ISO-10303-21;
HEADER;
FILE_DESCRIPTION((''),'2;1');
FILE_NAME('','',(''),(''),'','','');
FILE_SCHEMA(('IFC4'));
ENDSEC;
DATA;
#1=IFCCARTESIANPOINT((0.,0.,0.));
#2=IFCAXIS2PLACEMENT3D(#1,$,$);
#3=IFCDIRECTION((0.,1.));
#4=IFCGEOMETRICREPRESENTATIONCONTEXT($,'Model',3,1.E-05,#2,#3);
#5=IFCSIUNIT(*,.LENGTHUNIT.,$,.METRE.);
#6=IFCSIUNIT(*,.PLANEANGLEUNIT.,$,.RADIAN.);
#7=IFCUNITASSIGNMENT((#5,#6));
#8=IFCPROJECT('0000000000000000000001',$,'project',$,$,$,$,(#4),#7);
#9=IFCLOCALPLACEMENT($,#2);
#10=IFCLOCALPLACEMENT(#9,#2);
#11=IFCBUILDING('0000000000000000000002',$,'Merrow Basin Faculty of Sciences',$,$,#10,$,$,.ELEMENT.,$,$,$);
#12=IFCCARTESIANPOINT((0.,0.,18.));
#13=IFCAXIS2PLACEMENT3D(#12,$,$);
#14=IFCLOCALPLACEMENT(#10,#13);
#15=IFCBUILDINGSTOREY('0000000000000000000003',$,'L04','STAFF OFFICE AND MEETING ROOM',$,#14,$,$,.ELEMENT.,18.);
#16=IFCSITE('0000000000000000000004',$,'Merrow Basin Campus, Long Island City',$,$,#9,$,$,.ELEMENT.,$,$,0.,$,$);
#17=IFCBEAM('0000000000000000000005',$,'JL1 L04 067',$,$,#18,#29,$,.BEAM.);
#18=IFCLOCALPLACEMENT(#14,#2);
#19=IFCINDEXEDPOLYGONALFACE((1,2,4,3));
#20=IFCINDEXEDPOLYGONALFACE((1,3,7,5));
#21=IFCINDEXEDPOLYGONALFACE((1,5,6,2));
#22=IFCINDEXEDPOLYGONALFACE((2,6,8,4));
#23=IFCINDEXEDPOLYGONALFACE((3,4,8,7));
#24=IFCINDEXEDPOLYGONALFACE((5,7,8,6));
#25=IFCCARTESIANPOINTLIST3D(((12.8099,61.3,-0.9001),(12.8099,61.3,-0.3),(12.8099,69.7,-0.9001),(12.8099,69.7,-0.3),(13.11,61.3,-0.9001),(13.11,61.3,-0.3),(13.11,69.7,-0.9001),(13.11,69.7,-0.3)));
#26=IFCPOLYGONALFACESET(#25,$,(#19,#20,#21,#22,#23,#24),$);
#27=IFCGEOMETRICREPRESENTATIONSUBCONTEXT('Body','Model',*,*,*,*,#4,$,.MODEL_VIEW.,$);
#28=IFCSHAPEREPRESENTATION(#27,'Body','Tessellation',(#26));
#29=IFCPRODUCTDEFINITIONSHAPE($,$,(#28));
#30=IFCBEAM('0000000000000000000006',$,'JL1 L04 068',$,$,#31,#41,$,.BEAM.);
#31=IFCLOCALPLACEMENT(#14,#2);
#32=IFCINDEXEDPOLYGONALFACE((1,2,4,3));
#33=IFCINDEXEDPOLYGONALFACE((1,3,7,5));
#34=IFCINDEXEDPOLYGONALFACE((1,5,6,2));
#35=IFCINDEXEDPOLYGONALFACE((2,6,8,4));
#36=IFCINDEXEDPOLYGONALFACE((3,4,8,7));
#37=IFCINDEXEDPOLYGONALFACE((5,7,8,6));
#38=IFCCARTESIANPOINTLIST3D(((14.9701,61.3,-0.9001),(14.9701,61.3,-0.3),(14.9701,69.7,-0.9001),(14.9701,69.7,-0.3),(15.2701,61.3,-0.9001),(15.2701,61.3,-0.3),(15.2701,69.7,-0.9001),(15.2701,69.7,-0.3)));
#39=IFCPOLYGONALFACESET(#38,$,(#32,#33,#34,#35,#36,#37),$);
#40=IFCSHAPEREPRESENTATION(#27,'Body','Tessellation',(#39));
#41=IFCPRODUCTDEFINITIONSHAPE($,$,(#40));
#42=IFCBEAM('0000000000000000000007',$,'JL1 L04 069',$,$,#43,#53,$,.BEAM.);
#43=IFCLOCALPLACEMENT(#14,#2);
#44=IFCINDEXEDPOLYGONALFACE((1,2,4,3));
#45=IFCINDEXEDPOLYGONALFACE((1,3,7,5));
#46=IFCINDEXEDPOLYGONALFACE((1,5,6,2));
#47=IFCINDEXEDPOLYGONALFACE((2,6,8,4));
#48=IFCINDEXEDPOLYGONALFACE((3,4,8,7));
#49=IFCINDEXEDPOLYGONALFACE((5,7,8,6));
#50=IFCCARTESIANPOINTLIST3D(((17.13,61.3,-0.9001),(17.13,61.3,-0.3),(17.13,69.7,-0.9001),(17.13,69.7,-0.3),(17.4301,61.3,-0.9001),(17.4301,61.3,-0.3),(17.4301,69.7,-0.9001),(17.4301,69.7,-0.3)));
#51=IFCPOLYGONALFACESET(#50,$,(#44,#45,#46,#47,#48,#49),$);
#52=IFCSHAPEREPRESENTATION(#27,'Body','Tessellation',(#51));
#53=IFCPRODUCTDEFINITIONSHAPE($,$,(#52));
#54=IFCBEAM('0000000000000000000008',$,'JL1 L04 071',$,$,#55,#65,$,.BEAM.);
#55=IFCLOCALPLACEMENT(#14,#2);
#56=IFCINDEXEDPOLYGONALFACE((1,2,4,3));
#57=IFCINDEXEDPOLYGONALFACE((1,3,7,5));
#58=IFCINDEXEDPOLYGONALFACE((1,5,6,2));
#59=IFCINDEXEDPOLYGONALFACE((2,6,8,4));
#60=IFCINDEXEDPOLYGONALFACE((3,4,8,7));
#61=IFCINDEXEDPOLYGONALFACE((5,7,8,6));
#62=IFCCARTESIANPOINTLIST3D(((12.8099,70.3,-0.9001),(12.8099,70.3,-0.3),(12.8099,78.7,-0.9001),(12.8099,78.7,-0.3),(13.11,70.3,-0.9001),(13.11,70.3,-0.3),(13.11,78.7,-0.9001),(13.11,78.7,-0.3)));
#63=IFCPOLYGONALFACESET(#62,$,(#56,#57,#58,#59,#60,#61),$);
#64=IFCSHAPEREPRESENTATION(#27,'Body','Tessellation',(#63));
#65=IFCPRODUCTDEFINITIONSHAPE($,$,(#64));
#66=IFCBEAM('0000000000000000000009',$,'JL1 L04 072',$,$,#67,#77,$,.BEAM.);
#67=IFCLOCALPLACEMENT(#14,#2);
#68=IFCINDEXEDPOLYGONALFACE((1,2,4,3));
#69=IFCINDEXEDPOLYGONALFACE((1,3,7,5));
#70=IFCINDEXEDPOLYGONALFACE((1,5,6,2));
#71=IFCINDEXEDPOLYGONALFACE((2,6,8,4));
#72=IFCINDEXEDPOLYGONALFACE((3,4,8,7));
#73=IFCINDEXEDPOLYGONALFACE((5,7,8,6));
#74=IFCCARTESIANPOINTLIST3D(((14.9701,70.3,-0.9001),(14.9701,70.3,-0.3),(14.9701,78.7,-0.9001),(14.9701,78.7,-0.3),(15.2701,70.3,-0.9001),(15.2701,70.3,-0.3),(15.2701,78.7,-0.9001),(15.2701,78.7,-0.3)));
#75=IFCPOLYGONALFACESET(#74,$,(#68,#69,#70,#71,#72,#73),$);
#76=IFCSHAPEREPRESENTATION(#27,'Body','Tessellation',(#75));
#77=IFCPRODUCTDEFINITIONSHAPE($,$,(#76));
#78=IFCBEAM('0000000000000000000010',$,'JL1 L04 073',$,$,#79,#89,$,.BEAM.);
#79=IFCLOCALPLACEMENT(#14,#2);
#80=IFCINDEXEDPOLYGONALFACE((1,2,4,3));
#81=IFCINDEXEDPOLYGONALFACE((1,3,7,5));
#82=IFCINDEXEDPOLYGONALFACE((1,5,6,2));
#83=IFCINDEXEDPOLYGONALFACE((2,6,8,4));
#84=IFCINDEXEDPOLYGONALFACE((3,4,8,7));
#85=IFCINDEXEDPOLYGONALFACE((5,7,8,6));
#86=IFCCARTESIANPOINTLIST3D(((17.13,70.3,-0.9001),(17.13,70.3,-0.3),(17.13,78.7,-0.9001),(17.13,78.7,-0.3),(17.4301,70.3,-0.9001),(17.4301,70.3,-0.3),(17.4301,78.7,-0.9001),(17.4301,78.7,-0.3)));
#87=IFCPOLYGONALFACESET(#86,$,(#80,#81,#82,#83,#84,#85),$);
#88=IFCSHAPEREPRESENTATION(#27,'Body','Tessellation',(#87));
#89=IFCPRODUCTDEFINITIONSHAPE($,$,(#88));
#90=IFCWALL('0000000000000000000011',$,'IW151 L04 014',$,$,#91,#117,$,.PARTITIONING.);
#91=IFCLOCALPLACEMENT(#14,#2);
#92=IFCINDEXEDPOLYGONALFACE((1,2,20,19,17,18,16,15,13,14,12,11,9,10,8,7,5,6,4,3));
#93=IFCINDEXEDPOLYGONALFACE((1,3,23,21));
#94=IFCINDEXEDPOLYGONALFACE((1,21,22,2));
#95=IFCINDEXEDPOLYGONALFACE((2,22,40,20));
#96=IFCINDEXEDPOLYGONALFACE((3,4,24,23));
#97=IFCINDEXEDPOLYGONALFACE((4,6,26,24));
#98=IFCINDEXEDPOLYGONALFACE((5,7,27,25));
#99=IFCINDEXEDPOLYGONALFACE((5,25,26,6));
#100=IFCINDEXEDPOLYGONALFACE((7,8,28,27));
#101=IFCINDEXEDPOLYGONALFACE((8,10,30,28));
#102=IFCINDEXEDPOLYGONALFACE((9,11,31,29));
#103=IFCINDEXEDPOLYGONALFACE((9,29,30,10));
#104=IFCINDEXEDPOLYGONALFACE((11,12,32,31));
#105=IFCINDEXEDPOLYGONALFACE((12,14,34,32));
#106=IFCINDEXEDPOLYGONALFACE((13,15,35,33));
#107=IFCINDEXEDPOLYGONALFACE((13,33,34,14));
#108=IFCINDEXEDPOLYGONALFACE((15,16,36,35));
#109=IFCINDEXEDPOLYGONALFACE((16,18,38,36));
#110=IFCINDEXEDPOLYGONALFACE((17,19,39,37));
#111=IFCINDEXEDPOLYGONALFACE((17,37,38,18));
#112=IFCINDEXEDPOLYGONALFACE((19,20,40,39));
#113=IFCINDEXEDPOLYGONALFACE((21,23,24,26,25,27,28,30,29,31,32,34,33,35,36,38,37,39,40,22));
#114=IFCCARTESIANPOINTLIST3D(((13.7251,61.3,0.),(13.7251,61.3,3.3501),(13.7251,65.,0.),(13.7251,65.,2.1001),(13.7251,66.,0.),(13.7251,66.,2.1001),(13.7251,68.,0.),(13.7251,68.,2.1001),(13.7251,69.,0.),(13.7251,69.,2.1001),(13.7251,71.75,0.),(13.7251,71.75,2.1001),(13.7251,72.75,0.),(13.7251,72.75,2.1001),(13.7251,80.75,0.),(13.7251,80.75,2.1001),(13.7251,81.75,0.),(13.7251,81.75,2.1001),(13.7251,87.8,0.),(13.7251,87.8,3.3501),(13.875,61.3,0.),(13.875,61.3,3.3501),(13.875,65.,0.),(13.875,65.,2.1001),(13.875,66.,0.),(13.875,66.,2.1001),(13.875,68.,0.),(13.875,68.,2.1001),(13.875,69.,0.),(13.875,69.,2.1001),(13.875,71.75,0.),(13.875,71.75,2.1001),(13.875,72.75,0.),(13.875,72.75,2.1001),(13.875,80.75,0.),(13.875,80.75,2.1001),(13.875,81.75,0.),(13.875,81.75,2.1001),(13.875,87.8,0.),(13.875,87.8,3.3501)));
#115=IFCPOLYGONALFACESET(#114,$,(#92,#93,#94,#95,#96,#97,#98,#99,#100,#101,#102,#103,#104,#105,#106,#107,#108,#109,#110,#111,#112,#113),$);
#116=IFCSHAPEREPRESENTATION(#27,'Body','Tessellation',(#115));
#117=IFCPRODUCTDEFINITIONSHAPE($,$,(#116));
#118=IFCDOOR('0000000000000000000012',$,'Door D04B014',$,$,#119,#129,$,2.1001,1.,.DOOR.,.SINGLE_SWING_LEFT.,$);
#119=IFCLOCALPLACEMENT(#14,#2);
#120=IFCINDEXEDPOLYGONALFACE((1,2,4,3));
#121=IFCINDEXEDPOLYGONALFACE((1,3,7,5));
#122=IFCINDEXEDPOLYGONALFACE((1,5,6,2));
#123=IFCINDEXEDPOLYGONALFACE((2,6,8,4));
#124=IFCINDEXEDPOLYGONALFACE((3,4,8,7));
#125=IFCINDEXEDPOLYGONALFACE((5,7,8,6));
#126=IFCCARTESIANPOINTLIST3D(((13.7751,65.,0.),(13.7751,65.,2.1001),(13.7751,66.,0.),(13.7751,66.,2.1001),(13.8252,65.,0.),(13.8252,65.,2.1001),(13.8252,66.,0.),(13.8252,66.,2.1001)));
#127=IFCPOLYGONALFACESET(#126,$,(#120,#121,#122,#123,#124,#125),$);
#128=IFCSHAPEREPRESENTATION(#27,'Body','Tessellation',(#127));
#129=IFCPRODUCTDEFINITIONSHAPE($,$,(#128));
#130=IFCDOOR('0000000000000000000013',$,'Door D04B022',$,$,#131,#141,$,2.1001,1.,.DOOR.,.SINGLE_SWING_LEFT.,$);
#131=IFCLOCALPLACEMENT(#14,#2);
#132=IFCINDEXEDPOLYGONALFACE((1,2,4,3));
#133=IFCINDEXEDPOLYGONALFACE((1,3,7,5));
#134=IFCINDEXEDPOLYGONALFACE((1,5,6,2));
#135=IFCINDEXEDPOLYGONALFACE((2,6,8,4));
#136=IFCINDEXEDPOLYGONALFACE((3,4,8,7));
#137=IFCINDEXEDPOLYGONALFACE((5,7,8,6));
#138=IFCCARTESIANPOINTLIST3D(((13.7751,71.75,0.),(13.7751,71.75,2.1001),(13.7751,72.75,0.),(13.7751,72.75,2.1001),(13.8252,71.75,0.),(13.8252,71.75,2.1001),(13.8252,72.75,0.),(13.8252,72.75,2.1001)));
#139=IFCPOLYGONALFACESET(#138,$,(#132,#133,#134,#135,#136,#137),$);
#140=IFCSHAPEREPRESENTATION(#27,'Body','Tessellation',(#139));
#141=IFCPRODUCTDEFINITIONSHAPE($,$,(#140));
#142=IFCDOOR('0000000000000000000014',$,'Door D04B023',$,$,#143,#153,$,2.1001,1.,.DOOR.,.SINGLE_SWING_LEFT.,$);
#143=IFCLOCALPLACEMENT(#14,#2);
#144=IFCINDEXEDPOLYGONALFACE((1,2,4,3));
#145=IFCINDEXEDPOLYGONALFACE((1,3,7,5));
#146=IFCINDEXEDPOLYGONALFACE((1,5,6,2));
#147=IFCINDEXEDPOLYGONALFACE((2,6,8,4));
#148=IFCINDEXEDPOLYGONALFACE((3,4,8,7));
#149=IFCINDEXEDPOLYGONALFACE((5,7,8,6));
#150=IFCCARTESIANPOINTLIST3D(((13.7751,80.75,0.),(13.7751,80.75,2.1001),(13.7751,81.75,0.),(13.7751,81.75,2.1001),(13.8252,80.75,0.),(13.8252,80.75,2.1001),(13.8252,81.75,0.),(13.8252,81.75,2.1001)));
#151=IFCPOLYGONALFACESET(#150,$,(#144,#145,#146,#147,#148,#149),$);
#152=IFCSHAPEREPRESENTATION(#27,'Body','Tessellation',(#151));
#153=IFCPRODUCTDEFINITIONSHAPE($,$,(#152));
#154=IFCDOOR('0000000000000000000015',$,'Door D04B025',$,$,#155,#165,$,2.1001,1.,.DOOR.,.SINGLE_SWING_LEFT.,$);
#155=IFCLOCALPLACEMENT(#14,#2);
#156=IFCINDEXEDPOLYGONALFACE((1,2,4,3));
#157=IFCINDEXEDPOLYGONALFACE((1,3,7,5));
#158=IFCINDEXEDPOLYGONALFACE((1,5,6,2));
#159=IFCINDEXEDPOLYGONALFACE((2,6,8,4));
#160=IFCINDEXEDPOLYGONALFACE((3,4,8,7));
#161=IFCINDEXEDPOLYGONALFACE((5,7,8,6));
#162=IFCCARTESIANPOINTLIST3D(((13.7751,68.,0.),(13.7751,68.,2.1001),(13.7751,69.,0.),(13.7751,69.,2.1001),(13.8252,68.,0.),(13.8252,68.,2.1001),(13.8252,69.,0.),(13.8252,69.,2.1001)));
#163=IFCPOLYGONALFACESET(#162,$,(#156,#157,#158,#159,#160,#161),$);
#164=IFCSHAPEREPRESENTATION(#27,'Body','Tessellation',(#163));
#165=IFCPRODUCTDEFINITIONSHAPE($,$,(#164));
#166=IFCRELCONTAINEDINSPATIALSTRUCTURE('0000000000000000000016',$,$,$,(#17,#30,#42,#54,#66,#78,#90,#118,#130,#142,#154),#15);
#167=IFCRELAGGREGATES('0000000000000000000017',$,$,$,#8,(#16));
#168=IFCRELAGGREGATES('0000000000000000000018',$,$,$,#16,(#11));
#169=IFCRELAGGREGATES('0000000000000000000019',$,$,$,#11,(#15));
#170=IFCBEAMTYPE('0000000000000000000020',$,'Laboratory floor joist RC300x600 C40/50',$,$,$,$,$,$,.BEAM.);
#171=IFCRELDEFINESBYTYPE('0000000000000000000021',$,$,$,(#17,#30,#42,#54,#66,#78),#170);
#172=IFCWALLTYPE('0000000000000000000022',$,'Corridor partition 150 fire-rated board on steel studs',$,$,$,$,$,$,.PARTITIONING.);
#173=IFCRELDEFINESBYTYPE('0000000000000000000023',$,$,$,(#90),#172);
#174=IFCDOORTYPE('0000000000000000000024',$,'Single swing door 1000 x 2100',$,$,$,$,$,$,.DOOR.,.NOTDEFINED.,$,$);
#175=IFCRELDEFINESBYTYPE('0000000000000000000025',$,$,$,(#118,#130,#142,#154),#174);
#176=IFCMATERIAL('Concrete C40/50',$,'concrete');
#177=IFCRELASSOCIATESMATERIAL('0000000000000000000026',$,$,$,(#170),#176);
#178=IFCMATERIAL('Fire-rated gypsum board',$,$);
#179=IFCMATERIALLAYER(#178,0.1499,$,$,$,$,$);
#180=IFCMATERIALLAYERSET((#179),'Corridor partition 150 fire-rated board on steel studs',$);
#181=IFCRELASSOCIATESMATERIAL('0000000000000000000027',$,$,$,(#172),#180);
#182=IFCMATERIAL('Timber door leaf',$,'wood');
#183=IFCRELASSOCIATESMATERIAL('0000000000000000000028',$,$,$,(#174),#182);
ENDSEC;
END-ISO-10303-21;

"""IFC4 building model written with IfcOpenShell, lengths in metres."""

from ifc_helpers import new_model, si_unit, direction, frame, frame_2d, origin, origin_2d, place, context, subcontext, project, spatial, rectangle, extrude, material, layer, layer_set, material_profile, profile_set, type_object, element, fill, save


model = new_model("IFC4")

# Units and contexts
model_context = context("Model", 3, precision=1e-05, world=origin(), true_north=direction((0.0, 1.0)))
body_context = subcontext(model_context, "Body", "Model", "MODEL_VIEW")
ifc_project = project(units=[si_unit("LENGTHUNIT", "METRE"), si_unit("PLANEANGLEUNIT", "RADIAN")], contexts=[model_context])

# Site, building, storey
site_placement = place(None, origin())
site = spatial("IfcSite", under=ifc_project, at=site_placement, Name="Merrow Basin Campus, Long Island City", CompositionType="ELEMENT", RefElevation=0.0)
building_placement = place(site_placement, origin())
building = spatial("IfcBuilding", under=site, at=building_placement, Name="Merrow Basin Faculty of Sciences", CompositionType="ELEMENT")
storey_placement = place(building_placement, frame((0.0, 0.0, 18.0)))
storey = spatial("IfcBuildingStorey", under=building, at=storey_placement, Name="L04", Description="STAFF OFFICE AND MEETING ROOM", CompositionType="ELEMENT", Elevation=18.0)

# Beams
ifc_material_1 = material(Name="Concrete C40/50", Category="concrete")
ifc_material_profile = material_profile(ifc_material_1, rectangle(XDim=0.3, YDim=0.6001, at=origin_2d()))
ifc_profile_set = profile_set([ifc_material_profile], Name="Concrete C40/50")
beam_type = type_object("IfcBeamType", Name="Laboratory floor joist RC300x600 C40/50", PredefinedType="BEAM", material=ifc_profile_set)
for number, where, z_axis, x_axis, name in (
    (1, (12.96, 61.3, -0.6001), (0.0, 1.0, 0.0), (-1.0, 0.0, 0.0), "JL1 L04 067"),
    (2, (15.1201, 61.3, -0.6001), (0.0, 1.0, 0.0), (-1.0, 0.0, 0.0), "JL1 L04 068"),
    (3, (17.28, 61.3, -0.6001), (0.0, 1.0, 0.0), (-1.0, 0.0, 0.0), "JL1 L04 069"),
    (4, (12.96, 70.3, -0.6001), (0.0, 1.0, 0.0), (-1.0, 0.0, 0.0), "JL1 L04 071"),
    (5, (15.1201, 70.3, -0.6001), (0.0, 1.0, 0.0), (-1.0, 0.0, 0.0), "JL1 L04 072"),
    (6, (17.28, 70.3, -0.6001), (0.0, 1.0, 0.0), (-1.0, 0.0, 0.0), "JL1 L04 073"),
):
    element("IfcBeam", number, at=place(storey_placement, frame(where, z_axis=z_axis, x_axis=x_axis)), inside=storey, type_object=beam_type, Name=name, PredefinedType="BEAM", context=body_context, shape_type="SweptSolid", body=[
        extrude(rectangle(XDim=0.3, YDim=0.6001, at=origin_2d()), origin(), (0.0, 0.0, 1.0), 8.3999),
    ])

# Wall, openings, doors
ifc_material_2 = material(Name="Fire-rated gypsum board")
ifc_layer_1 = layer(ifc_material_2, 0.1499)
ifc_layer_set_1 = layer_set([ifc_layer_1], Name="Corridor partition 150 fire-rated board on steel studs")
wall_type_1 = type_object("IfcWallType", Name="Corridor partition 150 fire-rated board on steel studs", PredefinedType="PARTITIONING", material=ifc_layer_set_1)
wall_1_placement = place(storey_placement, frame((13.8, 61.3, 0.0), z_axis=(0.0, 0.0, 1.0), x_axis=(0.0, 1.0, 0.0)))
wall_1 = element("IfcWall", 7, at=wall_1_placement, inside=storey, type_object=wall_type_1, Name="IW151 L04 014", PredefinedType="PARTITIONING", context=body_context, shape_type="SweptSolid", body=[
    extrude(rectangle(XDim=26.5, YDim=0.1499, at=frame_2d((13.25, 0.0))), origin(), (0.0, 0.0, 1.0), 3.3501),
])
opening_1_placement = place(wall_1_placement, frame((3.7, 0.0, 0.0)))
opening_1 = element("IfcOpeningElement", 8, at=opening_1_placement, cuts=wall_1, PredefinedType="OPENING", context=body_context, shape_type="SweptSolid", body=[
    extrude(rectangle(XDim=1.0, YDim=2.1001, at=frame_2d((0.5, 1.05))), frame((0.0, 0.085, 0.0), z_axis=(0.0, -1.0, 0.0), x_axis=(1.0, 0.0, 0.0)), (0.0, 0.0, 1.0), 0.1699),
])
opening_2_placement = place(wall_1_placement, frame((10.45, 0.0, 0.0)))
opening_2 = element("IfcOpeningElement", 9, at=opening_2_placement, cuts=wall_1, PredefinedType="OPENING", context=body_context, shape_type="SweptSolid", body=[
    extrude(rectangle(XDim=1.0, YDim=2.1001, at=frame_2d((0.5, 1.05))), frame((0.0, 0.085, 0.0), z_axis=(0.0, -1.0, 0.0), x_axis=(1.0, 0.0, 0.0)), (0.0, 0.0, 1.0), 0.1699),
])
opening_3_placement = place(wall_1_placement, frame((19.45, 0.0, 0.0)))
opening_3 = element("IfcOpeningElement", 10, at=opening_3_placement, cuts=wall_1, PredefinedType="OPENING", context=body_context, shape_type="SweptSolid", body=[
    extrude(rectangle(XDim=1.0, YDim=2.1001, at=frame_2d((0.5, 1.05))), frame((0.0, 0.085, 0.0), z_axis=(0.0, -1.0, 0.0), x_axis=(1.0, 0.0, 0.0)), (0.0, 0.0, 1.0), 0.1699),
])
opening_4_placement = place(wall_1_placement, frame((6.7, 0.0, 0.0)))
opening_4 = element("IfcOpeningElement", 11, at=opening_4_placement, cuts=wall_1, PredefinedType="OPENING", context=body_context, shape_type="SweptSolid", body=[
    extrude(rectangle(XDim=1.0, YDim=2.1001, at=frame_2d((0.5, 1.05))), frame((0.0, 0.085, 0.0), z_axis=(0.0, -1.0, 0.0), x_axis=(1.0, 0.0, 0.0)), (0.0, 0.0, 1.0), 0.1699),
])
ifc_material_3 = material(Name="Timber door leaf", Category="wood")
door_type_1 = type_object("IfcDoorType", Name="Single swing door 1000 x 2100", OperationType="NOTDEFINED", PredefinedType="DOOR", material=ifc_material_3)
door_1_placement = place(opening_1_placement, origin())
door_1 = element("IfcDoor", 12, at=door_1_placement, inside=storey, type_object=door_type_1, Name="Door D04B014", OperationType="SINGLE_SWING_LEFT", OverallHeight=2.1001, OverallWidth=1.0, PredefinedType="DOOR", context=body_context, shape_type="SweptSolid", body=[
    extrude(rectangle(XDim=1.0, YDim=2.1001, at=frame_2d((0.5, 1.05))), frame((0.0, 0.0249, 0.0), z_axis=(0.0, -1.0, 0.0), x_axis=(1.0, 0.0, 0.0)), (0.0, 0.0, 1.0), 0.05),
])
fill(opening_1, door_1)
door_2_placement = place(opening_2_placement, origin())
door_2 = element("IfcDoor", 13, at=door_2_placement, inside=storey, type_object=door_type_1, Name="Door D04B022", OperationType="SINGLE_SWING_LEFT", OverallHeight=2.1001, OverallWidth=1.0, PredefinedType="DOOR", context=body_context, shape_type="SweptSolid", body=[
    extrude(rectangle(XDim=1.0, YDim=2.1001, at=frame_2d((0.5, 1.05))), frame((0.0, 0.0249, 0.0), z_axis=(0.0, -1.0, 0.0), x_axis=(1.0, 0.0, 0.0)), (0.0, 0.0, 1.0), 0.05),
])
fill(opening_2, door_2)
door_3_placement = place(opening_3_placement, origin())
door_3 = element("IfcDoor", 14, at=door_3_placement, inside=storey, type_object=door_type_1, Name="Door D04B023", OperationType="SINGLE_SWING_LEFT", OverallHeight=2.1001, OverallWidth=1.0, PredefinedType="DOOR", context=body_context, shape_type="SweptSolid", body=[
    extrude(rectangle(XDim=1.0, YDim=2.1001, at=frame_2d((0.5, 1.05))), frame((0.0, 0.0249, 0.0), z_axis=(0.0, -1.0, 0.0), x_axis=(1.0, 0.0, 0.0)), (0.0, 0.0, 1.0), 0.05),
])
fill(opening_3, door_3)
door_4_placement = place(opening_4_placement, origin())
door_4 = element("IfcDoor", 15, at=door_4_placement, inside=storey, type_object=door_type_1, Name="Door D04B025", OperationType="SINGLE_SWING_LEFT", OverallHeight=2.1001, OverallWidth=1.0, PredefinedType="DOOR", context=body_context, shape_type="SweptSolid", body=[
    extrude(rectangle(XDim=1.0, YDim=2.1001, at=frame_2d((0.5, 1.05))), frame((0.0, 0.0249, 0.0), z_axis=(0.0, -1.0, 0.0), x_axis=(1.0, 0.0, 0.0)), (0.0, 0.0, 1.0), 0.05),
])
fill(opening_4, door_4)

save(model, "model.ifc")
